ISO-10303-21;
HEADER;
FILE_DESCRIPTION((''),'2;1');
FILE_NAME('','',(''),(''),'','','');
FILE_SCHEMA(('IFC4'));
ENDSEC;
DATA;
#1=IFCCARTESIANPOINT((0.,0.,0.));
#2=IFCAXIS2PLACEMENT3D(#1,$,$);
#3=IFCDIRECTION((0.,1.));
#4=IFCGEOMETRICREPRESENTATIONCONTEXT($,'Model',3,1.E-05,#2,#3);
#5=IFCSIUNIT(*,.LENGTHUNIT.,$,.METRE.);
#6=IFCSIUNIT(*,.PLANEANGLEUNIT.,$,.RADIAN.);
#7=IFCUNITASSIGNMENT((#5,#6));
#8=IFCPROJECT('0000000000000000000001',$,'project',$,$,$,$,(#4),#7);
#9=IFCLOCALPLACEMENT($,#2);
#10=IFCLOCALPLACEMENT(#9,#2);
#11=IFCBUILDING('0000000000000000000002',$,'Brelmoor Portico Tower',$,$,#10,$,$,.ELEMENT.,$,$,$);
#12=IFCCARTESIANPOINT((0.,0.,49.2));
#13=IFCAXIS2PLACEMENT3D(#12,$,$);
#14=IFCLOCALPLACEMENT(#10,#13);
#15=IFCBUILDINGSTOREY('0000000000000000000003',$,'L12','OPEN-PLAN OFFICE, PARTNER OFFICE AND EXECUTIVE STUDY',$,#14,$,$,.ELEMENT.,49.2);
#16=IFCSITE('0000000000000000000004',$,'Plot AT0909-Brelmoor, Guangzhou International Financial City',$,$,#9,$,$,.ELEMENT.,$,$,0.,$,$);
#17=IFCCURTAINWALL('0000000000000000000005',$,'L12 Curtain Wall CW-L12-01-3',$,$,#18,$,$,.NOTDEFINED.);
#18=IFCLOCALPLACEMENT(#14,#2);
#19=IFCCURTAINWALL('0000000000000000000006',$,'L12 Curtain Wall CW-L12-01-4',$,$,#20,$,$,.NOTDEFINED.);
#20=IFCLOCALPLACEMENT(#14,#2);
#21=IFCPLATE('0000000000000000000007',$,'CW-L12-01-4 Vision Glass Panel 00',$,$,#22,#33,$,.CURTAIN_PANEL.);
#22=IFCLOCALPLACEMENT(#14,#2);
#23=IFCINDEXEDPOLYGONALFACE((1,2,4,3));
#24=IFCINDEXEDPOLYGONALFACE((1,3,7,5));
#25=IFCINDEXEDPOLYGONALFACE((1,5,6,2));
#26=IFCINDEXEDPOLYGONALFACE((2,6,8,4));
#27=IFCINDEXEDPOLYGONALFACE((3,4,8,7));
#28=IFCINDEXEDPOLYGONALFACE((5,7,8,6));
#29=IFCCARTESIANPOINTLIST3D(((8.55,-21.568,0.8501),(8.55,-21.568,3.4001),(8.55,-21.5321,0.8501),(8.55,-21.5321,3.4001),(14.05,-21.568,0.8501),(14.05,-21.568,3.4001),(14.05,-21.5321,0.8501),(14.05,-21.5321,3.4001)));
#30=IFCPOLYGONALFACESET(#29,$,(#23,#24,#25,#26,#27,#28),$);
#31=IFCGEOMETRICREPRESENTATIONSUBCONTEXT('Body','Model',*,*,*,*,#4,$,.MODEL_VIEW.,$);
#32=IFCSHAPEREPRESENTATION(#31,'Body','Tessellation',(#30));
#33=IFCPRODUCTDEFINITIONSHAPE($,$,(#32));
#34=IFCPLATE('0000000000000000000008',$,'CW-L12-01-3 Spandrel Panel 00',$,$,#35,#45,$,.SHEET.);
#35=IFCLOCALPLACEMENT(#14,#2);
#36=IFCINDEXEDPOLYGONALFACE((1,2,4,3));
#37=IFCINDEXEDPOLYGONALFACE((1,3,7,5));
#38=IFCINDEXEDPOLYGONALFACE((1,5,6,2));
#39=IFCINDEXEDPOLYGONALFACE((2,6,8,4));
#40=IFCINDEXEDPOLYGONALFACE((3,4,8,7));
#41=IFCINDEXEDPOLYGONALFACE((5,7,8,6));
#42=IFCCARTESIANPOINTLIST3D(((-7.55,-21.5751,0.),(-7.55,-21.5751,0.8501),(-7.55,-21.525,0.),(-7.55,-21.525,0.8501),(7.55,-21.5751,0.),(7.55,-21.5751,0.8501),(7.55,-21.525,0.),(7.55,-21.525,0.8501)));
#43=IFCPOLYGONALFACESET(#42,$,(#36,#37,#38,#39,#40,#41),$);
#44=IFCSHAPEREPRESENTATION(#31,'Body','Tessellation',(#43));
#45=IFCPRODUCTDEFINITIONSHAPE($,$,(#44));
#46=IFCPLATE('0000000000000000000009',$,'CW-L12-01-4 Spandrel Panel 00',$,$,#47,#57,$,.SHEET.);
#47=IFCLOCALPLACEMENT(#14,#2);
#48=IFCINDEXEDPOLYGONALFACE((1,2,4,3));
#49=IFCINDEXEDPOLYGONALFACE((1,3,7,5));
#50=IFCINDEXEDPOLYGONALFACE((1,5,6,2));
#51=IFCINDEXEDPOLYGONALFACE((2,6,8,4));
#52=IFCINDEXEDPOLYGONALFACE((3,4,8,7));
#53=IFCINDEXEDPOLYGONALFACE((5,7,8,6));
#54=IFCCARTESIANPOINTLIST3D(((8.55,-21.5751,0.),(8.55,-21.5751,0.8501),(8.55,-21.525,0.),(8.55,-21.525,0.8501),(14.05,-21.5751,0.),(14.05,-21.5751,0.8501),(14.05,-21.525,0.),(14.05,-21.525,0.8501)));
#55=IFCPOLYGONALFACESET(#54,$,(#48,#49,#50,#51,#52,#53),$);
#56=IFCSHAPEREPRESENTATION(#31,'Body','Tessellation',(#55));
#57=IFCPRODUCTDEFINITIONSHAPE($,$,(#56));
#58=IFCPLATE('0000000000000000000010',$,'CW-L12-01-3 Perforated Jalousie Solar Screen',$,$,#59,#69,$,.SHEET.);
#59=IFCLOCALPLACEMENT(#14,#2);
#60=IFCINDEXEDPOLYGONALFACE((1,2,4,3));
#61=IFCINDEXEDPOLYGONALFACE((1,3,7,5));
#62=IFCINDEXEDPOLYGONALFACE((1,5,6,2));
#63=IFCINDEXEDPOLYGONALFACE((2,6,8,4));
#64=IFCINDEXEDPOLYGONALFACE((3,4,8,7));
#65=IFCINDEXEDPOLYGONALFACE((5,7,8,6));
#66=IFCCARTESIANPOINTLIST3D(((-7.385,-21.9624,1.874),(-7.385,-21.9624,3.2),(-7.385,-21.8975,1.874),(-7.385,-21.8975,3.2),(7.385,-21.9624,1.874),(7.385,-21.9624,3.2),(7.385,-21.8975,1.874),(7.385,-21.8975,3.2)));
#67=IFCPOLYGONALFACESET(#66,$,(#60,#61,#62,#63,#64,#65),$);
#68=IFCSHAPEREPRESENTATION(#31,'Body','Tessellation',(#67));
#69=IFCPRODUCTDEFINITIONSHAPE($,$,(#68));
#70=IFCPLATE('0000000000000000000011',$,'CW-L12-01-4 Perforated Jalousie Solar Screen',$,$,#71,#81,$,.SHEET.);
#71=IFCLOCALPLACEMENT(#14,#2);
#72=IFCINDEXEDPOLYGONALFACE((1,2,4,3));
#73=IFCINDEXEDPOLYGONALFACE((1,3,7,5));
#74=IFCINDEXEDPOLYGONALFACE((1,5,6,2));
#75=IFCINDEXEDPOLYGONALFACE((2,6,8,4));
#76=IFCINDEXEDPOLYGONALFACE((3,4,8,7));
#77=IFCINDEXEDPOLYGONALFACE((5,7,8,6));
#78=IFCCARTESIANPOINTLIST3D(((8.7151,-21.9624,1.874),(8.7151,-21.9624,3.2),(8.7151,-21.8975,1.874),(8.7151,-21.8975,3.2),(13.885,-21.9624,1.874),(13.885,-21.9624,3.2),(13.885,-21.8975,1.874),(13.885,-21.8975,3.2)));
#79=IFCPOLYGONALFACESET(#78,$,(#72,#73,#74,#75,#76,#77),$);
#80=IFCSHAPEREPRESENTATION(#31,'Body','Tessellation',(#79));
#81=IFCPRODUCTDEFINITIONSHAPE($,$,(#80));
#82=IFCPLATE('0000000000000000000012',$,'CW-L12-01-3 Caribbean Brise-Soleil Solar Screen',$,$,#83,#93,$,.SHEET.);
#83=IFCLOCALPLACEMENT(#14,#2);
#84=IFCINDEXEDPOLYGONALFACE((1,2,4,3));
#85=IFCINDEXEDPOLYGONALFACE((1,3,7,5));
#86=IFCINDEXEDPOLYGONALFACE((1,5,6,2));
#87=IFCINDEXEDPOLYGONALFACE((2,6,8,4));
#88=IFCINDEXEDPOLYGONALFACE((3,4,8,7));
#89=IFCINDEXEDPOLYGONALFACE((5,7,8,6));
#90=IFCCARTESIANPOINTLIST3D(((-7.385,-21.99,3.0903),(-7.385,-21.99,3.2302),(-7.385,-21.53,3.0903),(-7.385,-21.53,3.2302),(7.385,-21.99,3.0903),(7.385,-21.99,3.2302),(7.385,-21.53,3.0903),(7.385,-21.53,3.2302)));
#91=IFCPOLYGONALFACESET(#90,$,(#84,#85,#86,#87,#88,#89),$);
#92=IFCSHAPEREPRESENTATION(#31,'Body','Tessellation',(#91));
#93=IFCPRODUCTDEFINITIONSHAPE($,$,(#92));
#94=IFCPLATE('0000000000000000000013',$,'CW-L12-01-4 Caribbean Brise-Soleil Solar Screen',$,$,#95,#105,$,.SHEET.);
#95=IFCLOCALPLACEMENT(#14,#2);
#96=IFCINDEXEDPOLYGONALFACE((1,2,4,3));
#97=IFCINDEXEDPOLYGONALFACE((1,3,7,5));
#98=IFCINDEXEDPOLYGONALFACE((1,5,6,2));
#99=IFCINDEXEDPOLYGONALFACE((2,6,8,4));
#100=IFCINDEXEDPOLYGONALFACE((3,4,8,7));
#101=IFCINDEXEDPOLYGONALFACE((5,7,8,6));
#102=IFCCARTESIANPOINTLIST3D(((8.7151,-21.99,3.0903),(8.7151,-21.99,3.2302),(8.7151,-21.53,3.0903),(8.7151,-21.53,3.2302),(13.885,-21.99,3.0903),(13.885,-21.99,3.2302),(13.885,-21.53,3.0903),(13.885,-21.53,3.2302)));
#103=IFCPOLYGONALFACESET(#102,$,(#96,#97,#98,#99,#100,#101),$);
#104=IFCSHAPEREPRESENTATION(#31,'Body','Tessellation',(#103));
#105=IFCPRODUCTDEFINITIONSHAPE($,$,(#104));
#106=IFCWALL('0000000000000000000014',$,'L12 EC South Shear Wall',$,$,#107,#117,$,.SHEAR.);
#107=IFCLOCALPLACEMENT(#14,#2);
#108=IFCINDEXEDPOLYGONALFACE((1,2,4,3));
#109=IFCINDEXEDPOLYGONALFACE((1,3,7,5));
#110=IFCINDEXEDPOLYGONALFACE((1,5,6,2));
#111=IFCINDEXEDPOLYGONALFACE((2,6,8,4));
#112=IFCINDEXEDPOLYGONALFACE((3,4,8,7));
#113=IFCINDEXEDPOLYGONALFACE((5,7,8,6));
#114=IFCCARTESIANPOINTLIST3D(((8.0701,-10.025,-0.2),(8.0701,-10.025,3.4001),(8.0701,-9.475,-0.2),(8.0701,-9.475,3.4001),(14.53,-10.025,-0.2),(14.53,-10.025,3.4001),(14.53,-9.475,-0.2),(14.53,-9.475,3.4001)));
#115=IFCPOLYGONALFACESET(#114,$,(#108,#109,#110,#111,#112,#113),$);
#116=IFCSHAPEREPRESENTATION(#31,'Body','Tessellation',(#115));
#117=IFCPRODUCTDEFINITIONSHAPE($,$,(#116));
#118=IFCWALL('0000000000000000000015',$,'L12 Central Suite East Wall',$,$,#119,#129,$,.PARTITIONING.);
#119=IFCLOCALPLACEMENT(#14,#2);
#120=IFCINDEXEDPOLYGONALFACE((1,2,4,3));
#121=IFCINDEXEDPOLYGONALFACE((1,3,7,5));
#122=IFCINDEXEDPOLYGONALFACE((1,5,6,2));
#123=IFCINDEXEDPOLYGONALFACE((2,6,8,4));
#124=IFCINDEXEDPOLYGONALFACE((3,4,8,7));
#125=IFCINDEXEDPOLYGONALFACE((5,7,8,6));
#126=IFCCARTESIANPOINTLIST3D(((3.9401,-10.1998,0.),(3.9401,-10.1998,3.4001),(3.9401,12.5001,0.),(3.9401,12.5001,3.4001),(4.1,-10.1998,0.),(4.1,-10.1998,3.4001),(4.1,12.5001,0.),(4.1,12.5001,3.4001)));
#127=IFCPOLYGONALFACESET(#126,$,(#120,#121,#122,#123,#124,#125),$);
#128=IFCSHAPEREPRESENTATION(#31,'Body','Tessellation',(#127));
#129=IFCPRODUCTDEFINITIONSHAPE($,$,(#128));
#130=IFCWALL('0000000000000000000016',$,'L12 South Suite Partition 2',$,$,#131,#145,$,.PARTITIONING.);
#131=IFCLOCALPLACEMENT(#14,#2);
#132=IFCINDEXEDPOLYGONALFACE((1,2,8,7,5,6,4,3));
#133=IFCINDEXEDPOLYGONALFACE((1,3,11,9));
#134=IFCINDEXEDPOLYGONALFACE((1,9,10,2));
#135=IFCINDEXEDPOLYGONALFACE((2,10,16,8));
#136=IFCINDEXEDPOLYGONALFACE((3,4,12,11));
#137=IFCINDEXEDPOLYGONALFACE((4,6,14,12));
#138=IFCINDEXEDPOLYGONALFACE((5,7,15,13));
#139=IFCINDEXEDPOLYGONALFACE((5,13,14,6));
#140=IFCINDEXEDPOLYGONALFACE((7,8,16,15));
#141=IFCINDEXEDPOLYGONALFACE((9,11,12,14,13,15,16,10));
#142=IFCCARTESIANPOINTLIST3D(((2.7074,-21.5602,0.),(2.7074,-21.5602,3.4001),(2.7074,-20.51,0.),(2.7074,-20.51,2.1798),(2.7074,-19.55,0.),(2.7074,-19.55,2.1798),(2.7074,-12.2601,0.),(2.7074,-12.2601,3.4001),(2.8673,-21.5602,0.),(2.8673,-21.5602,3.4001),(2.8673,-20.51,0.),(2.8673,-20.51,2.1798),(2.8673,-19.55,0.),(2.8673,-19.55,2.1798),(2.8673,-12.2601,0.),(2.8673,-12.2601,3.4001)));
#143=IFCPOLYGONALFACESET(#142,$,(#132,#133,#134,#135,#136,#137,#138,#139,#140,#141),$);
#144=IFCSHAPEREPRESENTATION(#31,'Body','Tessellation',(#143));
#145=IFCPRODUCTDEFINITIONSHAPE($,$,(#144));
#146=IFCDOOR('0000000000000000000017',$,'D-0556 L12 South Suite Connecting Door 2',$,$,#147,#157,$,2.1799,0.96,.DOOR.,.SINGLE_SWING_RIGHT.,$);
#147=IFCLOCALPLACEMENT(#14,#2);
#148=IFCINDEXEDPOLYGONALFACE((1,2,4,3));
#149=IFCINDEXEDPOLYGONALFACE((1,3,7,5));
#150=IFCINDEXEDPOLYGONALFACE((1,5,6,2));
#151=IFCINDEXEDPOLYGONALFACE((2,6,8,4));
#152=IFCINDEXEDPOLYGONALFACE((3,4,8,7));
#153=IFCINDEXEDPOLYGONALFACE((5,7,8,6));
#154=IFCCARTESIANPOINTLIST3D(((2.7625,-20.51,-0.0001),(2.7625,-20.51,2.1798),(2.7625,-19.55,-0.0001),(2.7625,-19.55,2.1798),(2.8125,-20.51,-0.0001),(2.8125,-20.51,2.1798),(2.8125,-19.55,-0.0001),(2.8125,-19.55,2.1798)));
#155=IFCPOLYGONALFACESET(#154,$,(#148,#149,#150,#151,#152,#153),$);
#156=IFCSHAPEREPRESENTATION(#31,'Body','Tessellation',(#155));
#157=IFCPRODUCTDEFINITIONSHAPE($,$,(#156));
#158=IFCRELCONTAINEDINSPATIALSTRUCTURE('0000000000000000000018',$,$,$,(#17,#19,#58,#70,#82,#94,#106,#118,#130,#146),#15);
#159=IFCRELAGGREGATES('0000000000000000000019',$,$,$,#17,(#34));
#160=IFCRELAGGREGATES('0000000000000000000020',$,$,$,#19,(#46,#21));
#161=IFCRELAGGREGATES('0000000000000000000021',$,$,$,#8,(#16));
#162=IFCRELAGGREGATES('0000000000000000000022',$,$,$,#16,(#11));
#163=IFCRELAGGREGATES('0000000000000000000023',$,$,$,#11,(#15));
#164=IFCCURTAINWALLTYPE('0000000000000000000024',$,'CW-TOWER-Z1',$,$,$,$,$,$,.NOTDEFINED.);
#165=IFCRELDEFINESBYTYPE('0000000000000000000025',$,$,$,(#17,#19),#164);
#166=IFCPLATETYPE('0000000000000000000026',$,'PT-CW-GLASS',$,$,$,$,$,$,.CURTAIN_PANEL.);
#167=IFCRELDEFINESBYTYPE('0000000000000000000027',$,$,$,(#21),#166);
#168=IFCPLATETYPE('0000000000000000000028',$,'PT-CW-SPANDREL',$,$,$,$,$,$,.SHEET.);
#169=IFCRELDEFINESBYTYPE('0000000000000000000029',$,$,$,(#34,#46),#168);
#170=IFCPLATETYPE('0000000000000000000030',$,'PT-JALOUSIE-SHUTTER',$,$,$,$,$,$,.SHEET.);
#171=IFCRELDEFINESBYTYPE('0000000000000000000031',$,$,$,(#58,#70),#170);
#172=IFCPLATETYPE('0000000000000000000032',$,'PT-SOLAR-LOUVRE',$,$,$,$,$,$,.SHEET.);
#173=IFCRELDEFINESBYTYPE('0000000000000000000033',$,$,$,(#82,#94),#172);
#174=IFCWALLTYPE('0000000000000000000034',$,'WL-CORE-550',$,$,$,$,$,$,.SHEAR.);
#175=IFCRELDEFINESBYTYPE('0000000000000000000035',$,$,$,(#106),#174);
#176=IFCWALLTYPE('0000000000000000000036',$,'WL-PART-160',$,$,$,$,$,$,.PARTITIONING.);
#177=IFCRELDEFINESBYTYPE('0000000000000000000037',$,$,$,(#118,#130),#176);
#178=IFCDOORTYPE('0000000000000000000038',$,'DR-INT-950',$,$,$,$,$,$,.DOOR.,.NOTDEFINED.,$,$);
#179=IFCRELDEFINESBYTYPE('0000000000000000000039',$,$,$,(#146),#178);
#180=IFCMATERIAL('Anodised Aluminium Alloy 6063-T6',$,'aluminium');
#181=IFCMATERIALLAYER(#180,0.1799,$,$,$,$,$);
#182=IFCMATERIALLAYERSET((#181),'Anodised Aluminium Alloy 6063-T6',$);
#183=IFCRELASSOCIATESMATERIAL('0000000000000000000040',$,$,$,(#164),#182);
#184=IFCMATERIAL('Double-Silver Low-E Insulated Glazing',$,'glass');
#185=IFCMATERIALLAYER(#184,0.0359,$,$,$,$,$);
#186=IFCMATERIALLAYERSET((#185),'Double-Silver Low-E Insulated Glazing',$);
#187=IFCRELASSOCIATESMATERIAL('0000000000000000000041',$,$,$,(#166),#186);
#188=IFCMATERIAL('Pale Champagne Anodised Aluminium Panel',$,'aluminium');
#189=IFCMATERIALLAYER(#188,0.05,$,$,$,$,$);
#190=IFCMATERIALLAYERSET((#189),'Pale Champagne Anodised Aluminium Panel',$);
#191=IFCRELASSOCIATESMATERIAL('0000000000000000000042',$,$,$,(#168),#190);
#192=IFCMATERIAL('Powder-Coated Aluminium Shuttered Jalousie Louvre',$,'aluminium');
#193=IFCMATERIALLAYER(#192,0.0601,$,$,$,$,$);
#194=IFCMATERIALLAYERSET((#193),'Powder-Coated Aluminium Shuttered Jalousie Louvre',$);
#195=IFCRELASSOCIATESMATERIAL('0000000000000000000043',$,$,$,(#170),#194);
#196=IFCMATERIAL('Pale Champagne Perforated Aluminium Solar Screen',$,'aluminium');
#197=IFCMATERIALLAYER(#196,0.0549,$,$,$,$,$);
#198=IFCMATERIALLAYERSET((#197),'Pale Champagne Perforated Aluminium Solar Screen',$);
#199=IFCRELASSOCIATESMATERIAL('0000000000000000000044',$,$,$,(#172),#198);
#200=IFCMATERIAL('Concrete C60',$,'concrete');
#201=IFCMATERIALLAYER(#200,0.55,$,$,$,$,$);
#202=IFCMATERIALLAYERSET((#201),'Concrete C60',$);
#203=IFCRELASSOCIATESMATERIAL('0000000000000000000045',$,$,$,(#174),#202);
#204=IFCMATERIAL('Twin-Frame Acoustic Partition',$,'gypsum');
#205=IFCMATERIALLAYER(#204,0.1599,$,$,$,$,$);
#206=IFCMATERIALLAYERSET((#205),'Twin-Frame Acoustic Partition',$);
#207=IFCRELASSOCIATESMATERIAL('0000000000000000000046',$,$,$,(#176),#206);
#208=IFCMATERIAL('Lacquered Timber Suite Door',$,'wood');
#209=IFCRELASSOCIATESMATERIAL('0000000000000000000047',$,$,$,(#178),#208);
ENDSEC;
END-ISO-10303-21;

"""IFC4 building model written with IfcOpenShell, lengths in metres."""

from ifc_helpers import new_model, si_unit, direction, frame, frame_2d, origin, origin_2d, place, context, subcontext, project, spatial, rectangle, extrude, material, layer, layer_set, type_object, element, fill, aggregate, save


model = new_model("IFC4")

# Units and contexts
model_context = context("Model", 3, precision=1e-05, world=origin(), true_north=direction((0.0, 1.0)))
body_context = subcontext(model_context, "Body", "Model", "MODEL_VIEW")
ifc_project = project(units=[si_unit("LENGTHUNIT", "METRE"), si_unit("PLANEANGLEUNIT", "RADIAN")], contexts=[model_context])

# Site, building, storey
site_placement = place(None, origin())
site = spatial("IfcSite", under=ifc_project, at=site_placement, Name="Plot AT0909-Brelmoor, Guangzhou International Financial City", CompositionType="ELEMENT", RefElevation=0.0)
building_placement = place(site_placement, origin())
building = spatial("IfcBuilding", under=site, at=building_placement, Name="Brelmoor Portico Tower", CompositionType="ELEMENT")
storey_placement = place(building_placement, frame((0.0, 0.0, 49.2)))
storey = spatial("IfcBuildingStorey", under=building, at=storey_placement, Name="L12", Description="OPEN-PLAN OFFICE, PARTNER OFFICE AND EXECUTIVE STUDY", CompositionType="ELEMENT", Elevation=49.2)

# Curtain wall
ifc_material_1 = material(Name="Anodised Aluminium Alloy 6063-T6", Category="aluminium")
ifc_layer_1 = layer(ifc_material_1, 0.1799)
ifc_layer_set_1 = layer_set([ifc_layer_1], Name="Anodised Aluminium Alloy 6063-T6")
curtain_wall_type = type_object("IfcCurtainWallType", Name="CW-TOWER-Z1", PredefinedType="NOTDEFINED", material=ifc_layer_set_1)
curtain_wall_1_placement = place(storey_placement, origin())
curtain_wall_1 = element("IfcCurtainWall", 1, at=curtain_wall_1_placement, inside=storey, type_object=curtain_wall_type, Name="L12 Curtain Wall CW-L12-01-3", PredefinedType="NOTDEFINED")

# Curtain wall
curtain_wall_2_placement = place(storey_placement, origin())
curtain_wall_2 = element("IfcCurtainWall", 2, at=curtain_wall_2_placement, inside=storey, type_object=curtain_wall_type, Name="L12 Curtain Wall CW-L12-01-4", PredefinedType="NOTDEFINED")

# Plates
ifc_material_2 = material(Name="Double-Silver Low-E Insulated Glazing", Category="glass")
ifc_layer_2 = layer(ifc_material_2, 0.0359)
ifc_layer_set_2 = layer_set([ifc_layer_2], Name="Double-Silver Low-E Insulated Glazing")
plate_type_1 = type_object("IfcPlateType", Name="PT-CW-GLASS", PredefinedType="CURTAIN_PANEL", material=ifc_layer_set_2)
plate_1_placement = place(storey_placement, frame((11.3, -21.55, 0.8501), z_axis=(0.0, 0.0, 1.0), x_axis=(1.0, 0.0, 0.0)))
plate_1 = element("IfcPlate", 3, at=plate_1_placement, type_object=plate_type_1, Name="CW-L12-01-4 Vision Glass Panel 00", PredefinedType="CURTAIN_PANEL", context=body_context, shape_type="SweptSolid", body=[
    extrude(rectangle(XDim=5.5, YDim=0.0359, at=origin_2d()), origin(), (0.0, 0.0, 1.0), 2.55),
])
ifc_material_3 = material(Name="Pale Champagne Anodised Aluminium Panel", Category="aluminium")
ifc_layer_3 = layer(ifc_material_3, 0.05)
ifc_layer_set_3 = layer_set([ifc_layer_3], Name="Pale Champagne Anodised Aluminium Panel")
plate_type_2 = type_object("IfcPlateType", Name="PT-CW-SPANDREL", PredefinedType="SHEET", material=ifc_layer_set_3)
plate_2_placement = place(storey_placement, frame((0.0, -21.55, 0.0), z_axis=(0.0, 0.0, 1.0), x_axis=(1.0, 0.0, 0.0)))
plate_2 = element("IfcPlate", 4, at=plate_2_placement, type_object=plate_type_2, Name="CW-L12-01-3 Spandrel Panel 00", PredefinedType="SHEET", context=body_context, shape_type="SweptSolid", body=[
    extrude(rectangle(XDim=15.1001, YDim=0.05, at=origin_2d()), origin(), (0.0, 0.0, 1.0), 0.8501),
])
aggregate(curtain_wall_1, [plate_2])
plate_3_placement = place(storey_placement, frame((11.3, -21.55, 0.0), z_axis=(0.0, 0.0, 1.0), x_axis=(1.0, 0.0, 0.0)))
plate_3 = element("IfcPlate", 5, at=plate_3_placement, type_object=plate_type_2, Name="CW-L12-01-4 Spandrel Panel 00", PredefinedType="SHEET", context=body_context, shape_type="SweptSolid", body=[
    extrude(rectangle(XDim=5.5, YDim=0.05, at=origin_2d()), origin(), (0.0, 0.0, 1.0), 0.8501),
])
aggregate(curtain_wall_2, [plate_3, plate_1])

# Plates
ifc_material_4 = material(Name="Powder-Coated Aluminium Shuttered Jalousie Louvre", Category="aluminium")
ifc_layer_4 = layer(ifc_material_4, 0.0601)
ifc_layer_set_4 = layer_set([ifc_layer_4], Name="Powder-Coated Aluminium Shuttered Jalousie Louvre")
plate_type_3 = type_object("IfcPlateType", Name="PT-JALOUSIE-SHUTTER", PredefinedType="SHEET", material=ifc_layer_set_4)
plate_4_placement = place(storey_placement, frame((0.0, -21.9299, 1.874), z_axis=(0.0, 0.0, 1.0), x_axis=(1.0, 0.0, 0.0)))
element("IfcPlate", 6, at=plate_4_placement, inside=storey, type_object=plate_type_3, Name="CW-L12-01-3 Perforated Jalousie Solar Screen", PredefinedType="SHEET", context=body_context, shape_type="SweptSolid", body=[
    extrude(rectangle(XDim=14.77, YDim=0.0649, at=origin_2d()), origin(), (0.0, 0.0, 1.0), 1.3259),
])
plate_5_placement = place(storey_placement, frame((11.3, -21.9299, 1.874), z_axis=(0.0, 0.0, 1.0), x_axis=(1.0, 0.0, 0.0)))
element("IfcPlate", 7, at=plate_5_placement, inside=storey, type_object=plate_type_3, Name="CW-L12-01-4 Perforated Jalousie Solar Screen", PredefinedType="SHEET", context=body_context, shape_type="SweptSolid", body=[
    extrude(rectangle(XDim=5.1699, YDim=0.0649, at=origin_2d()), origin(), (0.0, 0.0, 1.0), 1.3259),
])
ifc_material_5 = material(Name="Pale Champagne Perforated Aluminium Solar Screen", Category="aluminium")
ifc_layer_5 = layer(ifc_material_5, 0.0549)
ifc_layer_set_5 = layer_set([ifc_layer_5], Name="Pale Champagne Perforated Aluminium Solar Screen")
plate_type_4 = type_object("IfcPlateType", Name="PT-SOLAR-LOUVRE", PredefinedType="SHEET", material=ifc_layer_set_5)
plate_6_placement = place(storey_placement, frame((0.0, -21.76, 3.0903), z_axis=(0.0, 0.0, 1.0), x_axis=(1.0, 0.0, 0.0)))
element("IfcPlate", 8, at=plate_6_placement, inside=storey, type_object=plate_type_4, Name="CW-L12-01-3 Caribbean Brise-Soleil Solar Screen", PredefinedType="SHEET", context=body_context, shape_type="SweptSolid", body=[
    extrude(rectangle(XDim=14.77, YDim=0.46, at=origin_2d()), origin(), (0.0, 0.0, 1.0), 0.1399),
])
plate_7_placement = place(storey_placement, frame((11.3, -21.76, 3.0903), z_axis=(0.0, 0.0, 1.0), x_axis=(1.0, 0.0, 0.0)))
element("IfcPlate", 9, at=plate_7_placement, inside=storey, type_object=plate_type_4, Name="CW-L12-01-4 Caribbean Brise-Soleil Solar Screen", PredefinedType="SHEET", context=body_context, shape_type="SweptSolid", body=[
    extrude(rectangle(XDim=5.1699, YDim=0.46, at=origin_2d()), origin(), (0.0, 0.0, 1.0), 0.1399),
])

# Walls
ifc_material_6 = material(Name="Concrete C60", Category="concrete")
ifc_layer_6 = layer(ifc_material_6, 0.55)
ifc_layer_set_6 = layer_set([ifc_layer_6], Name="Concrete C60")
wall_type_1 = type_object("IfcWallType", Name="WL-CORE-550", PredefinedType="SHEAR", material=ifc_layer_set_6)
wall_1_placement = place(storey_placement, frame((8.0701, -9.75, -0.2), z_axis=(0.0, 0.0, 1.0), x_axis=(1.0, 0.0, 0.0)))
element("IfcWall", 10, at=wall_1_placement, inside=storey, type_object=wall_type_1, Name="L12 EC South Shear Wall", PredefinedType="SHEAR", context=body_context, shape_type="SweptSolid", body=[
    extrude(rectangle(XDim=6.46, YDim=0.55, at=frame_2d((3.23, 0.0))), origin(), (0.0, 0.0, 1.0), 3.6001),
])
ifc_material_7 = material(Name="Twin-Frame Acoustic Partition", Category="gypsum")
ifc_layer_7 = layer(ifc_material_7, 0.1599)
ifc_layer_set_7 = layer_set([ifc_layer_7], Name="Twin-Frame Acoustic Partition")
wall_type_2 = type_object("IfcWallType", Name="WL-PART-160", PredefinedType="PARTITIONING", material=ifc_layer_set_7)
wall_2_placement = place(storey_placement, frame((4.02, -10.2, 0.0), z_axis=(0.0, 0.0, 1.0), x_axis=(0.0, 1.0, 0.0)))
element("IfcWall", 11, at=wall_2_placement, inside=storey, type_object=wall_type_2, Name="L12 Central Suite East Wall", PredefinedType="PARTITIONING", context=body_context, shape_type="SweptSolid", body=[
    extrude(rectangle(XDim=22.7, YDim=0.1599, at=frame_2d((11.3501, 0.0))), origin(), (0.0, 0.0, 1.0), 3.4001),
])

# Wall, opening, door
wall_3_placement = place(storey_placement, frame((2.7874, -21.5601, 0.0), z_axis=(0.0, 0.0, 1.0), x_axis=(0.0, 1.0, 0.0)))
wall_3 = element("IfcWall", 12, at=wall_3_placement, inside=storey, type_object=wall_type_2, Name="L12 South Suite Partition 2", PredefinedType="PARTITIONING", context=body_context, shape_type="SweptSolid", body=[
    extrude(rectangle(XDim=9.3, YDim=0.1599, at=frame_2d((4.6499, 0.0))), origin(), (0.0, 0.0, 1.0), 3.4001),
])
opening_1_placement = place(wall_3_placement, frame((1.05, 0.0, 0.0)))
opening_1 = element("IfcOpeningElement", 13, at=opening_1_placement, cuts=wall_3, PredefinedType="OPENING", context=body_context, shape_type="SweptSolid", body=[
    extrude(rectangle(XDim=0.96, YDim=2.1799, at=frame_2d((0.48, 1.0898))), frame((0.0, 0.0898, 0.0), z_axis=(0.0, -1.0, 0.0), x_axis=(1.0, 0.0, 0.0)), (0.0, 0.0, 1.0), 0.1799),
])
ifc_material_8 = material(Name="Lacquered Timber Suite Door", Category="wood")
door_type_1 = type_object("IfcDoorType", Name="DR-INT-950", OperationType="NOTDEFINED", PredefinedType="DOOR", material=ifc_material_8)
door_1_placement = place(opening_1_placement, origin())
door_1 = element("IfcDoor", 14, at=door_1_placement, inside=storey, type_object=door_type_1, Name="D-0556 L12 South Suite Connecting Door 2", OperationType="SINGLE_SWING_RIGHT", OverallHeight=2.1799, OverallWidth=0.96, PredefinedType="DOOR", context=body_context, shape_type="SweptSolid", body=[
    extrude(rectangle(XDim=0.96, YDim=2.1799, at=frame_2d((0.48, 1.0898))), frame((0.0, 0.0249, 0.0), z_axis=(0.0, -1.0, 0.0), x_axis=(1.0, 0.0, 0.0)), (0.0, 0.0, 1.0), 0.05),
])
fill(opening_1, door_1)

save(model, "model.ifc")
